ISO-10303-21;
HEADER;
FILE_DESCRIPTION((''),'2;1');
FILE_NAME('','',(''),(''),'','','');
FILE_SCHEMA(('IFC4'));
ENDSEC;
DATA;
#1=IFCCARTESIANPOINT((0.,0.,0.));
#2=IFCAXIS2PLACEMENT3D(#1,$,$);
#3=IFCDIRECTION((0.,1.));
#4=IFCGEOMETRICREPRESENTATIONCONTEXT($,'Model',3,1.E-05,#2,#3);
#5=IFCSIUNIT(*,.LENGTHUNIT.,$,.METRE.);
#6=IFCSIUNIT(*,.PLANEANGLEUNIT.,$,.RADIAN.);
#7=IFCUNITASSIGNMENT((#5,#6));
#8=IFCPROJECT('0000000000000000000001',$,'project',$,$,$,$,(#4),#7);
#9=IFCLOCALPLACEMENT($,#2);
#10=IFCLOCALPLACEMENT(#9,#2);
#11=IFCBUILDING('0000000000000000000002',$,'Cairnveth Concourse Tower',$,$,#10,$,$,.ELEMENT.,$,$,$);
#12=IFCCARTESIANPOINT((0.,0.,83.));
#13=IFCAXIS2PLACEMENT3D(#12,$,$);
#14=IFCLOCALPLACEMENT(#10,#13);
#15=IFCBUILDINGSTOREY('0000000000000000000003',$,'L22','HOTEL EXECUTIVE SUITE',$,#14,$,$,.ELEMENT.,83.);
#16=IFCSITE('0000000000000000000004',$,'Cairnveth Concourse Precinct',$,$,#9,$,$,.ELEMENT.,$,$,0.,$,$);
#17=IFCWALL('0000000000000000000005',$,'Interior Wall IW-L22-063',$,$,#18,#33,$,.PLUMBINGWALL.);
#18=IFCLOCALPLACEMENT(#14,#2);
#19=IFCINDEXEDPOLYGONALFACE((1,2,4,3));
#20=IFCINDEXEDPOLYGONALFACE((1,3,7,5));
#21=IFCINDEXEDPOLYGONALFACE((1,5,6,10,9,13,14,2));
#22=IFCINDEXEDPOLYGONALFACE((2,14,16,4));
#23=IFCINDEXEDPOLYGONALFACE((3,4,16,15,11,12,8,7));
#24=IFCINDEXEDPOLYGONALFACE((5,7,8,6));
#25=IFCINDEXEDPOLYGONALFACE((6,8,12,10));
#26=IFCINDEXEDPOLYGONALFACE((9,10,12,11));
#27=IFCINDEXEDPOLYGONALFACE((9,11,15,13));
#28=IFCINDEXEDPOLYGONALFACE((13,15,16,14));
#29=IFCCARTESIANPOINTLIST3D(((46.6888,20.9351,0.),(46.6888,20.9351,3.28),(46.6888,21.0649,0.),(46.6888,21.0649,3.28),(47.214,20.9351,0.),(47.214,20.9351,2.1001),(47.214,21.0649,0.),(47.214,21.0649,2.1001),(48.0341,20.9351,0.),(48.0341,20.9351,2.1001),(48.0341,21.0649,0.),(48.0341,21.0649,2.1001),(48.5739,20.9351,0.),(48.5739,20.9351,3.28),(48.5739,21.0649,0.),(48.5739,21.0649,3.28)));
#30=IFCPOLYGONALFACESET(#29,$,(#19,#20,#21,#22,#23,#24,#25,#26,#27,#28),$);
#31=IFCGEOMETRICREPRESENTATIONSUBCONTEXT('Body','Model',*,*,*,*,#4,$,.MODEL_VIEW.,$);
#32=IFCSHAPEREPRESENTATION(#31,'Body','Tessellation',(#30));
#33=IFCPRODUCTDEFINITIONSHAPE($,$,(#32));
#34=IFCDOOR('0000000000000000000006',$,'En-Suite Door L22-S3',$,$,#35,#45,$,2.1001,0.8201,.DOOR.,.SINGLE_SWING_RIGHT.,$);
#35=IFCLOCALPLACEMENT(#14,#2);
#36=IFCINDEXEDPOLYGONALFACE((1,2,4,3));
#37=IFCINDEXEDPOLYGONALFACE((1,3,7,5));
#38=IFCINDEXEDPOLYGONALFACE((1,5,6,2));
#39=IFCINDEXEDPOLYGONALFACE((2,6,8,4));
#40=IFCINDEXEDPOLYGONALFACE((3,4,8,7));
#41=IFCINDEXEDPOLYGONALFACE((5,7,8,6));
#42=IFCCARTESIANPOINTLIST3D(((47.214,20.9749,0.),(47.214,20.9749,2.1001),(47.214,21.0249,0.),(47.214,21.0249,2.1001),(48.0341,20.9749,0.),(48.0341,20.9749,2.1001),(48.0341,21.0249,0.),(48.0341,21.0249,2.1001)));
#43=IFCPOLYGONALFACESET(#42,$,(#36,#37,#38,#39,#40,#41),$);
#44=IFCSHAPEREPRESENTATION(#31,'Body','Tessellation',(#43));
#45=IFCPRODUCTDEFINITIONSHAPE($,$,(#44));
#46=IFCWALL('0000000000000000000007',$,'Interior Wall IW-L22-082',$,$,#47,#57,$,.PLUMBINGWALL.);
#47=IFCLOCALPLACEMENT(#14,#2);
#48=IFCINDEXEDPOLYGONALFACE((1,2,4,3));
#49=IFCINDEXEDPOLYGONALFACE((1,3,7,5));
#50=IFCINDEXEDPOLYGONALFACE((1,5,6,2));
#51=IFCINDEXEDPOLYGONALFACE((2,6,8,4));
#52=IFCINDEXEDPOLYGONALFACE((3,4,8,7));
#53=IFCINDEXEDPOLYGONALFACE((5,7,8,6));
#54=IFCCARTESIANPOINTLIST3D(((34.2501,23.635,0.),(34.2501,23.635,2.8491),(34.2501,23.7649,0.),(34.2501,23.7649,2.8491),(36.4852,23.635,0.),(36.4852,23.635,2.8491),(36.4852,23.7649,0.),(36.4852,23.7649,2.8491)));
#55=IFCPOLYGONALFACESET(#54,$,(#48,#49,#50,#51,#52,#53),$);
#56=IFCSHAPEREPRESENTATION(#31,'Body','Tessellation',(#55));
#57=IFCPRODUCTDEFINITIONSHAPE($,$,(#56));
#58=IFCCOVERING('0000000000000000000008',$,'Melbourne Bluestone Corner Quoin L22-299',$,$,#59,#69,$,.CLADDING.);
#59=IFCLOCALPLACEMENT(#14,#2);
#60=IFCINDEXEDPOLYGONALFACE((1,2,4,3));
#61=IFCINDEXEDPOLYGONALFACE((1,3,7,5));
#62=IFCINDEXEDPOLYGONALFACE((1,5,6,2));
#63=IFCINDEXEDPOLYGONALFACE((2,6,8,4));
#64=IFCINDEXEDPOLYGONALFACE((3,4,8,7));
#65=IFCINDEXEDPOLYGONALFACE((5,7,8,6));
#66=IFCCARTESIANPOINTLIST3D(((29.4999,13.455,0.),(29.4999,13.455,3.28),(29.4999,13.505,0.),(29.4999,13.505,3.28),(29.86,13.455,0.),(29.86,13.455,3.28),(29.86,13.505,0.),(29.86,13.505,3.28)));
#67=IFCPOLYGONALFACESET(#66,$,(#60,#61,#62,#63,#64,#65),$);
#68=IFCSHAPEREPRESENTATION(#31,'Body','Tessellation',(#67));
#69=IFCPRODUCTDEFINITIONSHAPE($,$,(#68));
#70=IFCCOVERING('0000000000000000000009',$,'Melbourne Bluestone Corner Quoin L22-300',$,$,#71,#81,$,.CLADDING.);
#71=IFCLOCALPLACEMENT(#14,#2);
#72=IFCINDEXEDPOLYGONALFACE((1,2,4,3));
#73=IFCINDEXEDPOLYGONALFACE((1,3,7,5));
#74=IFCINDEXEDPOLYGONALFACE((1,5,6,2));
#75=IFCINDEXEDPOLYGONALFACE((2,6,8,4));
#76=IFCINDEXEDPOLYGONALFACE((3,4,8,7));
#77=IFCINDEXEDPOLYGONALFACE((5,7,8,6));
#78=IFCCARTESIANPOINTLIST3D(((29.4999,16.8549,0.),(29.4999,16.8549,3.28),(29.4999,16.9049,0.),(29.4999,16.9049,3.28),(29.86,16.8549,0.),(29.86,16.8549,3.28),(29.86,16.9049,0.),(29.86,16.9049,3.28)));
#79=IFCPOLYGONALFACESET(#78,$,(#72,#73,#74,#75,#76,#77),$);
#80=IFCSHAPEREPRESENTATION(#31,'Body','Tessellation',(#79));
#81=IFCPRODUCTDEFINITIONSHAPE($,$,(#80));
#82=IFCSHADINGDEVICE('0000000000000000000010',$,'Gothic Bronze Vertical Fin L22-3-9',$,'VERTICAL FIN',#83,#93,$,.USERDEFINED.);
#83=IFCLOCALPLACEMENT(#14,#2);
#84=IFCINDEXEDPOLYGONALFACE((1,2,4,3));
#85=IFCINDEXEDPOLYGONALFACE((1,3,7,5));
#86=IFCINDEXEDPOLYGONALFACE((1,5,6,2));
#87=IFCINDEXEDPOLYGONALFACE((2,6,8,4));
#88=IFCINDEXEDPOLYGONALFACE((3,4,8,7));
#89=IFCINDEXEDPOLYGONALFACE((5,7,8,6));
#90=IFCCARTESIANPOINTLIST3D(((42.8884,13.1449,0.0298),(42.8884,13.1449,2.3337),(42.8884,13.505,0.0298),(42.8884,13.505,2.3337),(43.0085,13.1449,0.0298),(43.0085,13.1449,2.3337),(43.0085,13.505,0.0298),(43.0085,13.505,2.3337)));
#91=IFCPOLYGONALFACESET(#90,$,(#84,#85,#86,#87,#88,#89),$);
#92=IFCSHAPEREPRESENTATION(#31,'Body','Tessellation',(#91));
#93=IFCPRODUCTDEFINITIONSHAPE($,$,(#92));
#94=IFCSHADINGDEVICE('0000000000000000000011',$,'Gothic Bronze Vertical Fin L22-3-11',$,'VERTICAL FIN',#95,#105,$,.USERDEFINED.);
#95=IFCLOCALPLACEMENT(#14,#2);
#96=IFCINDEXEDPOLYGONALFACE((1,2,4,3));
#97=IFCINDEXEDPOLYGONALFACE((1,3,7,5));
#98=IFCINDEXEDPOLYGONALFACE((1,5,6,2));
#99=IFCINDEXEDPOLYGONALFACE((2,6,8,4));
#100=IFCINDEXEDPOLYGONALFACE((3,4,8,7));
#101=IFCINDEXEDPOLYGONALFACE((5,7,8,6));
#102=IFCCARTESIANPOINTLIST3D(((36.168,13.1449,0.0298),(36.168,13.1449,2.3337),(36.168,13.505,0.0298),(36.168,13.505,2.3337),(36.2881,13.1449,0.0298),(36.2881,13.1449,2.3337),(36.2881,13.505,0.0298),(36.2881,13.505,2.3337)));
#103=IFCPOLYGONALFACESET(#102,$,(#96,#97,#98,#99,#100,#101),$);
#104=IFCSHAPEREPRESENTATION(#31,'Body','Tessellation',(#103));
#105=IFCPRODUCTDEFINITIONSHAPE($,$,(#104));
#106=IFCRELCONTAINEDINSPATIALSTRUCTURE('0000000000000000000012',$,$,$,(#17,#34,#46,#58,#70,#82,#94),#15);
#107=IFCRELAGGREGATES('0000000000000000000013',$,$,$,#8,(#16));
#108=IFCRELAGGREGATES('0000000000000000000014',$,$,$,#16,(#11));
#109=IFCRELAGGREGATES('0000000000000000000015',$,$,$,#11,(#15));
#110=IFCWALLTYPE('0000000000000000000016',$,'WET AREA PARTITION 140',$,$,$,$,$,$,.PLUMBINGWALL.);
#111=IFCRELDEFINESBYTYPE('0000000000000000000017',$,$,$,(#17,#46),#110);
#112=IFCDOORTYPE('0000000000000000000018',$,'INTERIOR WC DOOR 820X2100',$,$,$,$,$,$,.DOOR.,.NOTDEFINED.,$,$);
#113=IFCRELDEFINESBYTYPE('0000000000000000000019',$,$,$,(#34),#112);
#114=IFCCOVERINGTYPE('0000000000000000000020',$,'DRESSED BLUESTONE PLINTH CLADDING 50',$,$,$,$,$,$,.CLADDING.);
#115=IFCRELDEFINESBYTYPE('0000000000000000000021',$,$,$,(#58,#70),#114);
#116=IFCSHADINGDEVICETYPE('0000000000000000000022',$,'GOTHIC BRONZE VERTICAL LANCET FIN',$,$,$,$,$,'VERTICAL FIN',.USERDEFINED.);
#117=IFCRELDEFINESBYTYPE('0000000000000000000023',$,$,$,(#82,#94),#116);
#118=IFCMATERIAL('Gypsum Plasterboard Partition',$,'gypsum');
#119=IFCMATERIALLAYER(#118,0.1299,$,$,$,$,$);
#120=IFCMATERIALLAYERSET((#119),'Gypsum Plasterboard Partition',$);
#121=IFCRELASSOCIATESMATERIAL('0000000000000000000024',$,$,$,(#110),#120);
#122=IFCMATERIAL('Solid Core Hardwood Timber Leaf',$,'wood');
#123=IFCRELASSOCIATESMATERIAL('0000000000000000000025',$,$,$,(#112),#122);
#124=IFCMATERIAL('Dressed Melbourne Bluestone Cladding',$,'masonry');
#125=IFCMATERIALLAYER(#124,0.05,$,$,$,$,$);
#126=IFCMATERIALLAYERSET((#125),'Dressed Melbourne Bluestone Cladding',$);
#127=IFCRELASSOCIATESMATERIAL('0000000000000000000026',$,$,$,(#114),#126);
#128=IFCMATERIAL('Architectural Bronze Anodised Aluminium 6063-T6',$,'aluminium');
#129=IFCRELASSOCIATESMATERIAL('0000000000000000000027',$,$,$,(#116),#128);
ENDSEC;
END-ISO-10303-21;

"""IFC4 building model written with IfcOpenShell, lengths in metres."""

from ifc_helpers import new_model, si_unit, direction, frame, frame_2d, origin, origin_2d, place, context, subcontext, project, spatial, rectangle, extrude, material, layer, layer_set, type_object, element, fill, save


model = new_model("IFC4")

# Units and contexts
model_context = context("Model", 3, precision=1e-05, world=origin(), true_north=direction((0.0, 1.0)))
body_context = subcontext(model_context, "Body", "Model", "MODEL_VIEW")
ifc_project = project(units=[si_unit("LENGTHUNIT", "METRE"), si_unit("PLANEANGLEUNIT", "RADIAN")], contexts=[model_context])

# Site, building, storey
site_placement = place(None, origin())
site = spatial("IfcSite", under=ifc_project, at=site_placement, Name="Cairnveth Concourse Precinct", CompositionType="ELEMENT", RefElevation=0.0)
building_placement = place(site_placement, origin())
building = spatial("IfcBuilding", under=site, at=building_placement, Name="Cairnveth Concourse Tower", CompositionType="ELEMENT")
storey_placement = place(building_placement, frame((0.0, 0.0, 83.0)))
storey = spatial("IfcBuildingStorey", under=building, at=storey_placement, Name="L22", Description="HOTEL EXECUTIVE SUITE", CompositionType="ELEMENT", Elevation=83.0)

# Shared definitions
ifc_material_1 = material(Name="Gypsum Plasterboard Partition", Category="gypsum")
ifc_material_2 = material(Name="Solid Core Hardwood Timber Leaf", Category="wood")

# Shared definitions
ifc_layer_1 = layer(ifc_material_1, 0.1299)
ifc_layer_set_1 = layer_set([ifc_layer_1], Name="Gypsum Plasterboard Partition")
wall_type_1 = type_object("IfcWallType", Name="WET AREA PARTITION 140", PredefinedType="PLUMBINGWALL", material=ifc_layer_set_1)

# Wall, opening, door
door_type_1 = type_object("IfcDoorType", Name="INTERIOR WC DOOR 820X2100", OperationType="NOTDEFINED", PredefinedType="DOOR", material=ifc_material_2)
wall_1_placement = place(storey_placement, frame((46.689, 21.0, 0.0), z_axis=(0.0, 0.0, 1.0), x_axis=(1.0, 0.0, 0.0)))
wall_1 = element("IfcWall", 1, at=wall_1_placement, inside=storey, type_object=wall_type_1, Name="Interior Wall IW-L22-063", PredefinedType="PLUMBINGWALL", context=body_context, shape_type="SweptSolid", body=[
    extrude(rectangle(XDim=1.885, YDim=0.1299, at=frame_2d((0.9424, 0.0))), origin(), (0.0, 0.0, 1.0), 3.28),
])
opening_1_placement = place(wall_1_placement, frame((0.5249, 0.0, 0.0)))
opening_1 = element("IfcOpeningElement", 2, at=opening_1_placement, cuts=wall_1, PredefinedType="OPENING", context=body_context, shape_type="SweptSolid", body=[
    extrude(rectangle(XDim=0.8201, YDim=2.1001, at=frame_2d((0.4102, 1.05))), frame((0.0, 0.075, 0.0), z_axis=(0.0, -1.0, 0.0), x_axis=(1.0, 0.0, 0.0)), (0.0, 0.0, 1.0), 0.1499),
])
door_1_placement = place(opening_1_placement, origin())
door_1 = element("IfcDoor", 3, at=door_1_placement, inside=storey, type_object=door_type_1, Name="En-Suite Door L22-S3", OperationType="SINGLE_SWING_RIGHT", OverallHeight=2.1001, OverallWidth=0.8201, PredefinedType="DOOR", context=body_context, shape_type="SweptSolid", body=[
    extrude(rectangle(XDim=0.8201, YDim=2.1001, at=frame_2d((0.4102, 1.05))), frame((0.0, 0.0249, 0.0), z_axis=(0.0, -1.0, 0.0), x_axis=(1.0, 0.0, 0.0)), (0.0, 0.0, 1.0), 0.05),
])
fill(opening_1, door_1)

# Wall
wall_2_placement = place(storey_placement, frame((34.25, 23.7, 0.0), z_axis=(0.0, 0.0, 1.0), x_axis=(1.0, 0.0, 0.0)))
element("IfcWall", 4, at=wall_2_placement, inside=storey, type_object=wall_type_1, Name="Interior Wall IW-L22-082", PredefinedType="PLUMBINGWALL", context=body_context, shape_type="SweptSolid", body=[
    extrude(rectangle(XDim=2.2351, YDim=0.1299, at=frame_2d((1.1177, 0.0))), origin(), (0.0, 0.0, 1.0), 2.8491),
])

# Coverings
ifc_material_3 = material(Name="Dressed Melbourne Bluestone Cladding", Category="masonry")
ifc_layer_2 = layer(ifc_material_3, 0.05)
ifc_layer_set_2 = layer_set([ifc_layer_2], Name="Dressed Melbourne Bluestone Cladding")
covering_type = type_object("IfcCoveringType", Name="DRESSED BLUESTONE PLINTH CLADDING 50", PredefinedType="CLADDING", material=ifc_layer_set_2)
for number, where, z_axis, x_axis, name in (
    (5, (29.8601, 13.48, 0.0), (0.0, 0.0, 1.0), (-1.0, 0.0, 0.0), "Melbourne Bluestone Corner Quoin L22-299"),
    (6, (29.8601, 16.8799, 0.0), (0.0, 0.0, 1.0), (-1.0, 0.0, 0.0), "Melbourne Bluestone Corner Quoin L22-300"),
):
    element("IfcCovering", number, at=place(storey_placement, frame(where, z_axis=z_axis, x_axis=x_axis)), inside=storey, type_object=covering_type, Name=name, PredefinedType="CLADDING", context=body_context, shape_type="SweptSolid", body=[
        extrude(rectangle(XDim=0.3601, YDim=0.05, at=frame_2d((0.1802, 0.0))), origin(), (0.0, 0.0, 1.0), 3.28),
    ])

# Shading devices
ifc_material_4 = material(Name="Architectural Bronze Anodised Aluminium 6063-T6", Category="aluminium")
shading_device_type = type_object("IfcShadingDeviceType", Name="GOTHIC BRONZE VERTICAL LANCET FIN", ElementType="VERTICAL FIN", PredefinedType="USERDEFINED", material=ifc_material_4)
for number, where, z_axis, x_axis, name in (
    (7, (42.9485, 13.325, 0.0298), (0.0, 0.0, 1.0), (1.0, 0.0, 0.0), "Gothic Bronze Vertical Fin L22-3-9"),
    (8, (36.228, 13.325, 0.0298), (0.0, 0.0, 1.0), (1.0, 0.0, 0.0), "Gothic Bronze Vertical Fin L22-3-11"),
):
    element("IfcShadingDevice", number, at=place(storey_placement, frame(where, z_axis=z_axis, x_axis=x_axis)), inside=storey, type_object=shading_device_type, Name=name, ObjectType="VERTICAL FIN", PredefinedType="USERDEFINED", context=body_context, shape_type="SweptSolid", body=[
        extrude(rectangle(XDim=0.1201, YDim=0.3601, at=origin_2d()), origin(), (0.0, 0.0, 1.0), 2.304),
    ])

save(model, "model.ifc")
